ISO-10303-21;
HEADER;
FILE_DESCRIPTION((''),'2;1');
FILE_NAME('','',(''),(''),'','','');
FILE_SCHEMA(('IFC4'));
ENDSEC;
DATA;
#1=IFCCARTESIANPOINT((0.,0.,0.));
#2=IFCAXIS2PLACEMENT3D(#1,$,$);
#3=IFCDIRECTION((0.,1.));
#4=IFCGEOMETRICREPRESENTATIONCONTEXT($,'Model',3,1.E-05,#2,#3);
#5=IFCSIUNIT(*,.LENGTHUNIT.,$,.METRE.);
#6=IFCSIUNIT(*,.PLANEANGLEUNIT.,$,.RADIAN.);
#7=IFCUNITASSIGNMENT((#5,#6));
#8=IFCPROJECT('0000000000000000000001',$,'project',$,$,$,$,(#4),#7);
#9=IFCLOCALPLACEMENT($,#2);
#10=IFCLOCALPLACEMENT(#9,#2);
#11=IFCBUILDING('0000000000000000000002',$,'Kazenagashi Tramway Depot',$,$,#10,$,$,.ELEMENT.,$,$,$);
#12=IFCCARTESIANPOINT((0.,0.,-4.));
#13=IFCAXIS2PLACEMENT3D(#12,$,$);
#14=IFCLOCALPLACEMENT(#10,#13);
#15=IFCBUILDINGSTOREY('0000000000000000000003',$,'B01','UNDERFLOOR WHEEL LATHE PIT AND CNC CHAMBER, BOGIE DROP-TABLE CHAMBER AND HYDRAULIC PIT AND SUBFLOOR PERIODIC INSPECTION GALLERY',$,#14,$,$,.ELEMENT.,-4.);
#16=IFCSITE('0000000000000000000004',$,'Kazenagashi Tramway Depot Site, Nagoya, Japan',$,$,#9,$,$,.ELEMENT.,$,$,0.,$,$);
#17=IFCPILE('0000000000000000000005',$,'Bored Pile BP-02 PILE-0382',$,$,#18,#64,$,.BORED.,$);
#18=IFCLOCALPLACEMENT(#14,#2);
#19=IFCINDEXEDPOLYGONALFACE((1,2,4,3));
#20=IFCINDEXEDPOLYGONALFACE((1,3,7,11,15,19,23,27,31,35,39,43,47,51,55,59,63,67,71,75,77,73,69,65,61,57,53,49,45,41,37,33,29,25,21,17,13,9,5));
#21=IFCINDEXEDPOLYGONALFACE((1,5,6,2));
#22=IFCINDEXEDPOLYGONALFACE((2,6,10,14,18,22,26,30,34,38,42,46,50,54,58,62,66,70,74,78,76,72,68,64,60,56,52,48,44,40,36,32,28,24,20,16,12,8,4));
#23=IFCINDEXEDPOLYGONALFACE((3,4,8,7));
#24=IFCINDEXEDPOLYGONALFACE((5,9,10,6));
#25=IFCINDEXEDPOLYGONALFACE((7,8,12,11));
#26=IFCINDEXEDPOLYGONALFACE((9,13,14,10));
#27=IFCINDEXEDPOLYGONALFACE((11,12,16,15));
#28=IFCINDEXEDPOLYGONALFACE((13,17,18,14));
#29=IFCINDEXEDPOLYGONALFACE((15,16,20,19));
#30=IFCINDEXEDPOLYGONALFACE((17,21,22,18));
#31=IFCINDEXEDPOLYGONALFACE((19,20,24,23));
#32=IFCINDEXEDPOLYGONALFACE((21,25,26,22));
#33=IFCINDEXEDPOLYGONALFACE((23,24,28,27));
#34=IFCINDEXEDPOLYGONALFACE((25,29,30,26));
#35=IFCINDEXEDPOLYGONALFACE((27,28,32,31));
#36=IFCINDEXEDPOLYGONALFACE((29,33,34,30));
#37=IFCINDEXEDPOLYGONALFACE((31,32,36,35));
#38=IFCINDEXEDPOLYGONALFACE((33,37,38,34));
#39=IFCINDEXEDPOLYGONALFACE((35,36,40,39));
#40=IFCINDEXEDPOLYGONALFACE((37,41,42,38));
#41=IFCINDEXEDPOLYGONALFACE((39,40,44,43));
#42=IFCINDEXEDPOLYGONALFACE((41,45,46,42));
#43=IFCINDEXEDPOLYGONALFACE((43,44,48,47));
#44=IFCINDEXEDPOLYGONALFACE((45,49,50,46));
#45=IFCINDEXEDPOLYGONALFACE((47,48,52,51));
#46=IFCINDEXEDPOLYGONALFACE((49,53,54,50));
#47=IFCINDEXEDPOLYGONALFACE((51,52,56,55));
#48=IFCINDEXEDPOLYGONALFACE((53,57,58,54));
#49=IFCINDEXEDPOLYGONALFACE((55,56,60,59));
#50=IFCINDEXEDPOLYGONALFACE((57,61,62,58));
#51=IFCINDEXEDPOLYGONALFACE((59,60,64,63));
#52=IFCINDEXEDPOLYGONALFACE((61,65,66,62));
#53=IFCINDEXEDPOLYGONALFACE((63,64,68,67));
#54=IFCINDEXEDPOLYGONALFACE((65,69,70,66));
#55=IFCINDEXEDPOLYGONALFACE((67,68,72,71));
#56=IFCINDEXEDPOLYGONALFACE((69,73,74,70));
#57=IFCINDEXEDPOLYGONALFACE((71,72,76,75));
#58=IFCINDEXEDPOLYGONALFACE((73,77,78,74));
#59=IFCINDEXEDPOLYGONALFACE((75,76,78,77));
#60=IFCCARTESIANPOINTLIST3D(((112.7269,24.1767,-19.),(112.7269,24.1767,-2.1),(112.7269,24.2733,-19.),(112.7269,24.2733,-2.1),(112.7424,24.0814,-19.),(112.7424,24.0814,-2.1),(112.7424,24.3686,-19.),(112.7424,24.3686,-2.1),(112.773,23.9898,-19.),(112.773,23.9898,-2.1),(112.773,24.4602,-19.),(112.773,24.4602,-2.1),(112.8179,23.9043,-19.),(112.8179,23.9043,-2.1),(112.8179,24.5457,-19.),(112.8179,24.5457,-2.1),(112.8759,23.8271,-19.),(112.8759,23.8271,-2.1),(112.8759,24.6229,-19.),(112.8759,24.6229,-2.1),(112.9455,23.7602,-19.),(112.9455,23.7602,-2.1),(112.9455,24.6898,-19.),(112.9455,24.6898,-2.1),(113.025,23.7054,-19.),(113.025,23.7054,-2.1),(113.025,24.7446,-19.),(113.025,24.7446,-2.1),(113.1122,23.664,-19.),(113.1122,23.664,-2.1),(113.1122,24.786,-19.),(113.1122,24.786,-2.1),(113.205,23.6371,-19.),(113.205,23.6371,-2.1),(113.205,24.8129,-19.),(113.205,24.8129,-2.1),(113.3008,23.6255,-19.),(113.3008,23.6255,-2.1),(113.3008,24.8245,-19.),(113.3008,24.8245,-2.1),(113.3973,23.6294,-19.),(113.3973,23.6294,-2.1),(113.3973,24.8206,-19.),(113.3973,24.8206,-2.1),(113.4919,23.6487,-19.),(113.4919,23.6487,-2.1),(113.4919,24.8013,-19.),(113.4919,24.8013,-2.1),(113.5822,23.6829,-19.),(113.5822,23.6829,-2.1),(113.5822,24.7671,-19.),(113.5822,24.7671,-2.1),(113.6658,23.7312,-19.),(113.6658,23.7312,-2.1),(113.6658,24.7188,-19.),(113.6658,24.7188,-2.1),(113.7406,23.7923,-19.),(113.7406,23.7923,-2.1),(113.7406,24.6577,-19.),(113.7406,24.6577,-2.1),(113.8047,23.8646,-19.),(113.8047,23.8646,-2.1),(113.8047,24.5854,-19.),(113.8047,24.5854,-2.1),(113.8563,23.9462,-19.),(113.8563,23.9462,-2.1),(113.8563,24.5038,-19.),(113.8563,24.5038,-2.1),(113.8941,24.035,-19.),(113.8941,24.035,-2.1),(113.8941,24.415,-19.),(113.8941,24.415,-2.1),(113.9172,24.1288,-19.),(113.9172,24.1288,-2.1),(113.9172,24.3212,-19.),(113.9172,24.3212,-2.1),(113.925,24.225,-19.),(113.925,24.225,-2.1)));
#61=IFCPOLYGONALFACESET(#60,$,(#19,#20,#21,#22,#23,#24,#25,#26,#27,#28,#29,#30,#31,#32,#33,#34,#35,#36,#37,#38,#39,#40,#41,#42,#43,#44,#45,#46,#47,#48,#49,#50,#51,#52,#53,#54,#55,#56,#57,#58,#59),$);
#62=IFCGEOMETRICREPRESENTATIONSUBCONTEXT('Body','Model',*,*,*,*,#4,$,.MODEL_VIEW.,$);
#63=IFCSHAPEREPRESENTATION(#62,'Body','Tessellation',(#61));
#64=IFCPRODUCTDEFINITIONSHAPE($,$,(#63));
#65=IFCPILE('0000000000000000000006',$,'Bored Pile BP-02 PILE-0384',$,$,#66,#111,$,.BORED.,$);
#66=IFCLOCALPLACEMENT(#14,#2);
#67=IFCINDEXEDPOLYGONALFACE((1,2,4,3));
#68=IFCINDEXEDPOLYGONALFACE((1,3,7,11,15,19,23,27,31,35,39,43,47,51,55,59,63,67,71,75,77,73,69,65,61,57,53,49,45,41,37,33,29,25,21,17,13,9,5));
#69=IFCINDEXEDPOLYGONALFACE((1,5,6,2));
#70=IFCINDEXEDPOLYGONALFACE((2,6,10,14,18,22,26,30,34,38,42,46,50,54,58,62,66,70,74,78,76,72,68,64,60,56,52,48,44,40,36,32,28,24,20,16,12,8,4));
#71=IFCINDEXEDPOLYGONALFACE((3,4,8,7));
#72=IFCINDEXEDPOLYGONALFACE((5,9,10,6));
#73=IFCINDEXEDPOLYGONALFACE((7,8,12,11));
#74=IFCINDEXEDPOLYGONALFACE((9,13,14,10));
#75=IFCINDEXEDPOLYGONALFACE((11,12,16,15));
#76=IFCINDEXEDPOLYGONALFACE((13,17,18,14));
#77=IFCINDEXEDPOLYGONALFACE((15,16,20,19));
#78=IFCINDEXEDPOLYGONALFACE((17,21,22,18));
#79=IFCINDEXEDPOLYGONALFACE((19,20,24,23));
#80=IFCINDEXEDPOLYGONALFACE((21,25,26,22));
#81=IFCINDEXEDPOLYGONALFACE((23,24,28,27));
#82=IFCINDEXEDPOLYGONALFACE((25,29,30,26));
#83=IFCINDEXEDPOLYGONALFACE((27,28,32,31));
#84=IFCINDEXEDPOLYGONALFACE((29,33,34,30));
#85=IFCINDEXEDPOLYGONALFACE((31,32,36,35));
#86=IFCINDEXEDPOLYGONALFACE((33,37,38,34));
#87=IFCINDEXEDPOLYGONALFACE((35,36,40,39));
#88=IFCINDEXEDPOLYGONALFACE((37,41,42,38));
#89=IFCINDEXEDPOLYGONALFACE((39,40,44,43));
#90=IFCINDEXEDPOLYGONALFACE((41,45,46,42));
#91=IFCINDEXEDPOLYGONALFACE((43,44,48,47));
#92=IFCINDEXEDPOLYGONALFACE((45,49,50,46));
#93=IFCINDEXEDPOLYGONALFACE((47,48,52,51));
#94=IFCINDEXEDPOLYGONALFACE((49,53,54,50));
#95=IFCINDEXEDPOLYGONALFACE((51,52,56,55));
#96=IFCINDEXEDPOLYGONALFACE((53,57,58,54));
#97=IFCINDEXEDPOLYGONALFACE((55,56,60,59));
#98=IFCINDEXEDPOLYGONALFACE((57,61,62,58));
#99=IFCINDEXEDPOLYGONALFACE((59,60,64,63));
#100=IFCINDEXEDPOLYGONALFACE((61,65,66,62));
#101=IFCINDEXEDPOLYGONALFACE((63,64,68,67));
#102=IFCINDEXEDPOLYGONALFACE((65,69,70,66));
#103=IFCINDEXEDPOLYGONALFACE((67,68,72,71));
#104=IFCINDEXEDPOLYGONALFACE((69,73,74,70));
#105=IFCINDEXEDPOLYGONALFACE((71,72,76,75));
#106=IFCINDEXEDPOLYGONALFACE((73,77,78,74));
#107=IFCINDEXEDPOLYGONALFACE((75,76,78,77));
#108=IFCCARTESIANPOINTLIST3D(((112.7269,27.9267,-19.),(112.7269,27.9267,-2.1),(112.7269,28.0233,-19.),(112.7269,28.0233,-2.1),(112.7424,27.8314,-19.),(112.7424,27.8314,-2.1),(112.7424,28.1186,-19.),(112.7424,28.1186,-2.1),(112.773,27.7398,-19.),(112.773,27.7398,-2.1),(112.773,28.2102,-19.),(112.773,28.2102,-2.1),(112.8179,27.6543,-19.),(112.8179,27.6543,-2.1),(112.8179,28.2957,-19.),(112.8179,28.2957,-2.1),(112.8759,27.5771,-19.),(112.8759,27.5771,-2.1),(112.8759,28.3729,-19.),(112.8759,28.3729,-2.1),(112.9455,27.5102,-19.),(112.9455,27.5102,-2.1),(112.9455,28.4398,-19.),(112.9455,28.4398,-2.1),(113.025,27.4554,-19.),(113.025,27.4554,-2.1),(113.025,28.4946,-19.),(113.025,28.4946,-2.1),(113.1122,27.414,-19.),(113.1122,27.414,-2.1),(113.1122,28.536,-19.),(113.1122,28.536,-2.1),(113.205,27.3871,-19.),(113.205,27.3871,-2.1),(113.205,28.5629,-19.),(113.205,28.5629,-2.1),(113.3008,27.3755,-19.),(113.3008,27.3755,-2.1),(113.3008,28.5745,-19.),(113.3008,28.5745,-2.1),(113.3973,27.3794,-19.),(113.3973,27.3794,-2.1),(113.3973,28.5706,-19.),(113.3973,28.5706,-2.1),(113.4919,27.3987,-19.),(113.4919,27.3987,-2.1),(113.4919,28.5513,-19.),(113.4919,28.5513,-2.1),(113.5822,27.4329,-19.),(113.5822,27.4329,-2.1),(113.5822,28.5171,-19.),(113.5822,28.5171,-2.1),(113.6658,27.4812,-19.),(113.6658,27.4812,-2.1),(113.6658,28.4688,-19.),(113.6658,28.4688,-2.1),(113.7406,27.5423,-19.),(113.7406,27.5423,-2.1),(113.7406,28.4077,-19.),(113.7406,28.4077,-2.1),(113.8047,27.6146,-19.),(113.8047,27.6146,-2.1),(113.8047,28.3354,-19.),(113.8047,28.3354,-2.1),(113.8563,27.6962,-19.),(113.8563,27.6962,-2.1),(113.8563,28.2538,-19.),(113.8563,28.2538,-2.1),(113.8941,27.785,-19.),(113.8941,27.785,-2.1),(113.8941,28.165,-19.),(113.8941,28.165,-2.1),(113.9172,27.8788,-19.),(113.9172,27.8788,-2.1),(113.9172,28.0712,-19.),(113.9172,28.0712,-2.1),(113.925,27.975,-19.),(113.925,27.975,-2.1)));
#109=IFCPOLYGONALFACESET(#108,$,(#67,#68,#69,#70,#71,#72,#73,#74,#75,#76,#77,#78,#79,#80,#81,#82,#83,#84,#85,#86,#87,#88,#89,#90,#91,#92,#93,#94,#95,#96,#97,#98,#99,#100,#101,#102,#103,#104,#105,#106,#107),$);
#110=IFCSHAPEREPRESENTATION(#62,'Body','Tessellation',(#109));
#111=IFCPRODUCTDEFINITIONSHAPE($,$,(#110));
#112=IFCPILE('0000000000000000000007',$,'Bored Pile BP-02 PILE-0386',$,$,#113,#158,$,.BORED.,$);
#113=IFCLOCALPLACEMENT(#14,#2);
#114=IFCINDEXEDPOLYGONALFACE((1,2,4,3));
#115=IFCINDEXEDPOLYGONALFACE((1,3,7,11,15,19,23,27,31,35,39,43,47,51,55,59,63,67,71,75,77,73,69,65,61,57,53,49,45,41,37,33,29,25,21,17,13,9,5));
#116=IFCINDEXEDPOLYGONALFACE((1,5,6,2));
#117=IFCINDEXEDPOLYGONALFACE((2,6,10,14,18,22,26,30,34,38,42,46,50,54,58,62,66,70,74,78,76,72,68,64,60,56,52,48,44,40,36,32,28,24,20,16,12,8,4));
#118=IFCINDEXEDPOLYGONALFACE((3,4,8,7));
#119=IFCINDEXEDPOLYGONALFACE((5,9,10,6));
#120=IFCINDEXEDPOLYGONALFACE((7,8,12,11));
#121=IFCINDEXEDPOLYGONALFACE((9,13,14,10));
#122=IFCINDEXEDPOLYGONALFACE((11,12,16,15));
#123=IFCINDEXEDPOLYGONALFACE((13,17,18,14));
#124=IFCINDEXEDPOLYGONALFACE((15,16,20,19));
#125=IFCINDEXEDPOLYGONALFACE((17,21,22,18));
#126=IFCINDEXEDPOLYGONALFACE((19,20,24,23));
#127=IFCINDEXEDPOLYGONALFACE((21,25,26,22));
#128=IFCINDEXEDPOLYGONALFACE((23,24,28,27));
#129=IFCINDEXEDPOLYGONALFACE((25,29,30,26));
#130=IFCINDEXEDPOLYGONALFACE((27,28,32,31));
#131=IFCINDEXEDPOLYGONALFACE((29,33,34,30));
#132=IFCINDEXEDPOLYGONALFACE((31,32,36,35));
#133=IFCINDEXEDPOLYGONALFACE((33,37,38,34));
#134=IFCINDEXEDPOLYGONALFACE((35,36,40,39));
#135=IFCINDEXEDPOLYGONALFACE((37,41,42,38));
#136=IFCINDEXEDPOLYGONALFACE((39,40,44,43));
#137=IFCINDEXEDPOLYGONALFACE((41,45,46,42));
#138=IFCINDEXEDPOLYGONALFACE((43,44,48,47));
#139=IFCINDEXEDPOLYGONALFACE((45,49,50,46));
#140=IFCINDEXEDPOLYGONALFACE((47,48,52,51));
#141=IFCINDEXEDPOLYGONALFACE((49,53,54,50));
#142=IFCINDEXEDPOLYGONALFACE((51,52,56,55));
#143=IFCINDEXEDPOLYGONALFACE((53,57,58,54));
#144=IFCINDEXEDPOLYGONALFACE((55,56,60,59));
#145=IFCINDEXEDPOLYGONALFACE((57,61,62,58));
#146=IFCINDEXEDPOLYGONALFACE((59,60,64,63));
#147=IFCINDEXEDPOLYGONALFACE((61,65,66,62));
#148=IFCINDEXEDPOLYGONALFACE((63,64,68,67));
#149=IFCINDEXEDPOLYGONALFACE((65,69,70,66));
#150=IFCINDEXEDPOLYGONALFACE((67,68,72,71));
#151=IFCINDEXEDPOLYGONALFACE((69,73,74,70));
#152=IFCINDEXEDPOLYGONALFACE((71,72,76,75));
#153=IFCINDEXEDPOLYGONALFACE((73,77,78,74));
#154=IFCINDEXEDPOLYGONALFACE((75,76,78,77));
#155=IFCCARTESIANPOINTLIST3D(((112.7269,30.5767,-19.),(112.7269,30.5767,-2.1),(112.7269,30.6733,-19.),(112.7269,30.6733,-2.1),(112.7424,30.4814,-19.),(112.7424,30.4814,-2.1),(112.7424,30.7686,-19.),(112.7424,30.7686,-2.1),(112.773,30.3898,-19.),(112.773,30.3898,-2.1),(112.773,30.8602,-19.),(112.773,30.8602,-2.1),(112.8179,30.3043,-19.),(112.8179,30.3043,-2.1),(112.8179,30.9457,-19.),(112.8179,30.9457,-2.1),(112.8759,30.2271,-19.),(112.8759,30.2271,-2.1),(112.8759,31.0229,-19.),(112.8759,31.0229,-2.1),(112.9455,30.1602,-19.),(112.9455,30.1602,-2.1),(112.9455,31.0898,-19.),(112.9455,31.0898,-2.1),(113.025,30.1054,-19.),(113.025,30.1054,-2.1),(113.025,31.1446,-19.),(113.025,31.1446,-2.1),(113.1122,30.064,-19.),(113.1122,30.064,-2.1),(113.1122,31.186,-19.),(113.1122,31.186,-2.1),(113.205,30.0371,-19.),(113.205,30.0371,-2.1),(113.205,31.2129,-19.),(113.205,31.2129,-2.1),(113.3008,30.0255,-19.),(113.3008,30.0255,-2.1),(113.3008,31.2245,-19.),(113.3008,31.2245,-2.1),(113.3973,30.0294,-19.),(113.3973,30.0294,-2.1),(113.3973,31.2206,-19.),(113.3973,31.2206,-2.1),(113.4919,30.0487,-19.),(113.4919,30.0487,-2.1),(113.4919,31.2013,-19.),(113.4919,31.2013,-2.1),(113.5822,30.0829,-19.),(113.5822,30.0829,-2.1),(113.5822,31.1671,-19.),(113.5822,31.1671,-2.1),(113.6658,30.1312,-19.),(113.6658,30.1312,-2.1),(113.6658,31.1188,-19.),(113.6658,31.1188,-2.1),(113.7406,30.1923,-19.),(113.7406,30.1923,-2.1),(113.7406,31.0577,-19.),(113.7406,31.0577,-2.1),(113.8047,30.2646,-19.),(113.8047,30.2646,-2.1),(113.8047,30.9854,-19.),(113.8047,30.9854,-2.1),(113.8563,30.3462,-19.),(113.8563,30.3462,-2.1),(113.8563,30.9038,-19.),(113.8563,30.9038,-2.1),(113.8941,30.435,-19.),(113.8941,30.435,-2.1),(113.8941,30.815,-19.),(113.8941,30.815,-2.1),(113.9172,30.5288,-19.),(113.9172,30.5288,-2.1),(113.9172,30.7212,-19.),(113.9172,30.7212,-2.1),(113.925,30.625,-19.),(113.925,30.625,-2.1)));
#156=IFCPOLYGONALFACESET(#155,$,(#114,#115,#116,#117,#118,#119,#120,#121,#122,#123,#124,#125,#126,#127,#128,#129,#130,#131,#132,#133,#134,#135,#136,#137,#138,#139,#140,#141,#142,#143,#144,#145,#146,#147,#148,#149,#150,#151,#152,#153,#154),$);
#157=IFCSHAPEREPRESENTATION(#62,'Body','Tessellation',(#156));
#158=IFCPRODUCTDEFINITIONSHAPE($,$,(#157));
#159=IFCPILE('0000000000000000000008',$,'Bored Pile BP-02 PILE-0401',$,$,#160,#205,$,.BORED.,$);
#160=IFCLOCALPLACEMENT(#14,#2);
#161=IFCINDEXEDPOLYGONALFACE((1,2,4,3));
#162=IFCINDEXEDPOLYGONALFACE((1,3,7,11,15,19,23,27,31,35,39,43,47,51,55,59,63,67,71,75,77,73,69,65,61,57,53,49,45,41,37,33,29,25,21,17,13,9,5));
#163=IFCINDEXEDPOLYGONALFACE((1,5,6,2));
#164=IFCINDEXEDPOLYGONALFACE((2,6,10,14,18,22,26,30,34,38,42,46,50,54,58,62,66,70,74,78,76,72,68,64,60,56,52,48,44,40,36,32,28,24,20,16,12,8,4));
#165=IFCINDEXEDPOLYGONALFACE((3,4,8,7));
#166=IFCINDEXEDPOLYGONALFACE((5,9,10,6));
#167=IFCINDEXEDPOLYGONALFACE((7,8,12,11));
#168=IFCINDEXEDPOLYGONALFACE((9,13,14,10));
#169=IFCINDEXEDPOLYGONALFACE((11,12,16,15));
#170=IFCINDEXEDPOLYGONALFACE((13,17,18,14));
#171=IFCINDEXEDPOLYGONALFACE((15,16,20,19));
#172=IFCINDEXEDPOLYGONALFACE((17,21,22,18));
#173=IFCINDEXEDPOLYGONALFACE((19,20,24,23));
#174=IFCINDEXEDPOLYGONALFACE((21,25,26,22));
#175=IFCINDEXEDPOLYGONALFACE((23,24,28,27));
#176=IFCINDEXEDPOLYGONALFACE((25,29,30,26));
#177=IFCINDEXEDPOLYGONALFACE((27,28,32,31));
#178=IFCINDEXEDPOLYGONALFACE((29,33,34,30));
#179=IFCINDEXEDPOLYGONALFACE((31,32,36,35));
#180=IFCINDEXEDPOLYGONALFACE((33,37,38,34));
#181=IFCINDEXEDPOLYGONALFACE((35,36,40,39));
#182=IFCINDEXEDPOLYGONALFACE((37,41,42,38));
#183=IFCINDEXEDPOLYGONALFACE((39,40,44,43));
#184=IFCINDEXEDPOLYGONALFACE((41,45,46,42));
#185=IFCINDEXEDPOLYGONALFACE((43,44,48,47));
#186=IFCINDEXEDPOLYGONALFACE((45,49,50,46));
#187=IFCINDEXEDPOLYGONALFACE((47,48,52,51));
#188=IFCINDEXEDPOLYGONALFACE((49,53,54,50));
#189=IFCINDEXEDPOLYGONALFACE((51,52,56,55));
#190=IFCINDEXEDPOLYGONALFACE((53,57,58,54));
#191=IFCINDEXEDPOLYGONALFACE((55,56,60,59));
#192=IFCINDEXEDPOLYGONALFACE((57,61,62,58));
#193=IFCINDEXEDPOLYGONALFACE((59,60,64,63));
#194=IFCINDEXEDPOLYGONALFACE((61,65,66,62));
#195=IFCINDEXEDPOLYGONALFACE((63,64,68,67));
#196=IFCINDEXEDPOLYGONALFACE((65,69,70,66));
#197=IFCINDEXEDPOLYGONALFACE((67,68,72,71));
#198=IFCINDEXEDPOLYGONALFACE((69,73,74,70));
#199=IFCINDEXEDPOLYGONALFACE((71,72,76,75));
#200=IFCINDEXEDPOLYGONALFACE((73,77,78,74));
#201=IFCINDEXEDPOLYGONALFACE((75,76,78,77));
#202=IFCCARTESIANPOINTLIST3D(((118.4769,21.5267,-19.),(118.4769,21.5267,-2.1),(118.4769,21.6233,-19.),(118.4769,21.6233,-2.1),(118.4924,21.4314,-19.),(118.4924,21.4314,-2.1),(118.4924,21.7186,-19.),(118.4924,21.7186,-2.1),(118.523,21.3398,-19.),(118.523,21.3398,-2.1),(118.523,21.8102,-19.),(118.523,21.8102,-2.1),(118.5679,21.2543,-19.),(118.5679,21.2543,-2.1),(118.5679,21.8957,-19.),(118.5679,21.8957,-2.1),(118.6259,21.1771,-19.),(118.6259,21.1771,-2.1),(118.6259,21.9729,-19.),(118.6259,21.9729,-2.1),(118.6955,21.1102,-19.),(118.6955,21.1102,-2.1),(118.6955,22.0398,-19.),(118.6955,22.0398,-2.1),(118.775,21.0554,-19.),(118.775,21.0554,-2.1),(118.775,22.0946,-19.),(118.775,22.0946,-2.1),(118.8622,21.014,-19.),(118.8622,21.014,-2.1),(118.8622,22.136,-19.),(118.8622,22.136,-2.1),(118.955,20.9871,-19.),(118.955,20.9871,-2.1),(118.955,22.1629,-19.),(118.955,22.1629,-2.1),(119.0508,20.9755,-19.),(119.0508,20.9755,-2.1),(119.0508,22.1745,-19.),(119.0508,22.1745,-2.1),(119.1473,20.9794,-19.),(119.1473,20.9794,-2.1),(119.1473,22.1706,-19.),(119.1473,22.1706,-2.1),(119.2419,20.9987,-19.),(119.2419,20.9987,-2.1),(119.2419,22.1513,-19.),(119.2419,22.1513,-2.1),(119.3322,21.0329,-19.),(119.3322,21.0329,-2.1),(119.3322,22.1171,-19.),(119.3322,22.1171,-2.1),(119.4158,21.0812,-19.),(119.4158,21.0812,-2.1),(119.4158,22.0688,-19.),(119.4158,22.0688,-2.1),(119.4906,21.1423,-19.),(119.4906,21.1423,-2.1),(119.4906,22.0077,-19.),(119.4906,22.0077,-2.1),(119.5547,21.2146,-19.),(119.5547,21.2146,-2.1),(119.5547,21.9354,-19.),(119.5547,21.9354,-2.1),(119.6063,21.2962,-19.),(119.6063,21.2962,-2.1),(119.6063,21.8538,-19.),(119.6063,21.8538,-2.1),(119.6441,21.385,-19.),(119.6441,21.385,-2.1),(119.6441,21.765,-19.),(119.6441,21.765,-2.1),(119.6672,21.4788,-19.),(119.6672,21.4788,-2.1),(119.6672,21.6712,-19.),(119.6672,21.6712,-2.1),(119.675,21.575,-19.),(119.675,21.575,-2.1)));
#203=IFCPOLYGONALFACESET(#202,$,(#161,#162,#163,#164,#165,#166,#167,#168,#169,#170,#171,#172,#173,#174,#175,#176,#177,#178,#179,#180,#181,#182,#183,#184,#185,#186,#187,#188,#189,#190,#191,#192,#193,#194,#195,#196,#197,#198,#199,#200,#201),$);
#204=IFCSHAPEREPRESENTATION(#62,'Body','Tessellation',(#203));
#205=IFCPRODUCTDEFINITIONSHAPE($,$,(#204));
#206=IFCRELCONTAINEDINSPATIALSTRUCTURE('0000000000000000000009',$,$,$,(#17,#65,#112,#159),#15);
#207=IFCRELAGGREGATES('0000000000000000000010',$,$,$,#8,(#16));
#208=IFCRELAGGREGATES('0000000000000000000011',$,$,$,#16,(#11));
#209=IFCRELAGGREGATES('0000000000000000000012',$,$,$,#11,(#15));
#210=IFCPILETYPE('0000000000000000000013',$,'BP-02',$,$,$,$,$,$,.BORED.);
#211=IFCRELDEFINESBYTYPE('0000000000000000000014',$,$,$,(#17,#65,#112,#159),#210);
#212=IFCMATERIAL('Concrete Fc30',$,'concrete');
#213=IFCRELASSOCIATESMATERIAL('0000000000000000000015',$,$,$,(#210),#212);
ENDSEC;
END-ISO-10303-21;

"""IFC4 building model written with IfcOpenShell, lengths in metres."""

from ifc_helpers import new_model, si_unit, direction, frame, origin, origin_2d, place, context, subcontext, project, spatial, circle, extrude, material, material_profile, profile_set, type_object, element, save


model = new_model("IFC4")

# Units and contexts
model_context = context("Model", 3, precision=1e-05, world=origin(), true_north=direction((0.0, 1.0)))
body_context = subcontext(model_context, "Body", "Model", "MODEL_VIEW")
ifc_project = project(units=[si_unit("LENGTHUNIT", "METRE"), si_unit("PLANEANGLEUNIT", "RADIAN")], contexts=[model_context])

# Site, building, storey
site_placement = place(None, origin())
site = spatial("IfcSite", under=ifc_project, at=site_placement, Name="Kazenagashi Tramway Depot Site, Nagoya, Japan", CompositionType="ELEMENT", RefElevation=0.0)
building_placement = place(site_placement, origin())
building = spatial("IfcBuilding", under=site, at=building_placement, Name="Kazenagashi Tramway Depot", CompositionType="ELEMENT")
storey_placement = place(building_placement, frame((0.0, 0.0, -4.0)))
storey = spatial("IfcBuildingStorey", under=building, at=storey_placement, Name="B01", Description="UNDERFLOOR WHEEL LATHE PIT AND CNC CHAMBER, BOGIE DROP-TABLE CHAMBER AND HYDRAULIC PIT AND SUBFLOOR PERIODIC INSPECTION GALLERY", CompositionType="ELEMENT", Elevation=-4.0)

# Piles
ifc_material_1 = material(Name="Concrete Fc30", Category="concrete")
ifc_material_profile_1 = material_profile(ifc_material_1, circle(Radius=0.6, at=origin_2d()), Name="PILE-1200")
ifc_profile_set_1 = profile_set([ifc_material_profile_1], Name="Concrete Fc30")
pile_type_1 = type_object("IfcPileType", Name="BP-02", PredefinedType="BORED", material=ifc_profile_set_1)
for number, where, z_axis, x_axis, name in (
    (1, (113.325, 24.225, -2.1), (0.0, 0.0, -1.0), (1.0, 0.0, 0.0), "Bored Pile BP-02 PILE-0382"),
    (2, (113.325, 27.975, -2.1), (0.0, 0.0, -1.0), (1.0, 0.0, 0.0), "Bored Pile BP-02 PILE-0384"),
    (3, (113.325, 30.625, -2.1), (0.0, 0.0, -1.0), (1.0, 0.0, 0.0), "Bored Pile BP-02 PILE-0386"),
    (4, (119.075, 21.575, -2.1), (0.0, 0.0, -1.0), (1.0, 0.0, 0.0), "Bored Pile BP-02 PILE-0401"),
):
    element("IfcPile", number, at=place(storey_placement, frame(where, z_axis=z_axis, x_axis=x_axis)), inside=storey, type_object=pile_type_1, Name=name, PredefinedType="BORED", context=body_context, shape_type="SweptSolid", body=[
        extrude(circle(Radius=0.6, at=origin_2d()), origin(), (0.0, 0.0, 1.0), 16.9),
    ])

save(model, "model.ifc")
